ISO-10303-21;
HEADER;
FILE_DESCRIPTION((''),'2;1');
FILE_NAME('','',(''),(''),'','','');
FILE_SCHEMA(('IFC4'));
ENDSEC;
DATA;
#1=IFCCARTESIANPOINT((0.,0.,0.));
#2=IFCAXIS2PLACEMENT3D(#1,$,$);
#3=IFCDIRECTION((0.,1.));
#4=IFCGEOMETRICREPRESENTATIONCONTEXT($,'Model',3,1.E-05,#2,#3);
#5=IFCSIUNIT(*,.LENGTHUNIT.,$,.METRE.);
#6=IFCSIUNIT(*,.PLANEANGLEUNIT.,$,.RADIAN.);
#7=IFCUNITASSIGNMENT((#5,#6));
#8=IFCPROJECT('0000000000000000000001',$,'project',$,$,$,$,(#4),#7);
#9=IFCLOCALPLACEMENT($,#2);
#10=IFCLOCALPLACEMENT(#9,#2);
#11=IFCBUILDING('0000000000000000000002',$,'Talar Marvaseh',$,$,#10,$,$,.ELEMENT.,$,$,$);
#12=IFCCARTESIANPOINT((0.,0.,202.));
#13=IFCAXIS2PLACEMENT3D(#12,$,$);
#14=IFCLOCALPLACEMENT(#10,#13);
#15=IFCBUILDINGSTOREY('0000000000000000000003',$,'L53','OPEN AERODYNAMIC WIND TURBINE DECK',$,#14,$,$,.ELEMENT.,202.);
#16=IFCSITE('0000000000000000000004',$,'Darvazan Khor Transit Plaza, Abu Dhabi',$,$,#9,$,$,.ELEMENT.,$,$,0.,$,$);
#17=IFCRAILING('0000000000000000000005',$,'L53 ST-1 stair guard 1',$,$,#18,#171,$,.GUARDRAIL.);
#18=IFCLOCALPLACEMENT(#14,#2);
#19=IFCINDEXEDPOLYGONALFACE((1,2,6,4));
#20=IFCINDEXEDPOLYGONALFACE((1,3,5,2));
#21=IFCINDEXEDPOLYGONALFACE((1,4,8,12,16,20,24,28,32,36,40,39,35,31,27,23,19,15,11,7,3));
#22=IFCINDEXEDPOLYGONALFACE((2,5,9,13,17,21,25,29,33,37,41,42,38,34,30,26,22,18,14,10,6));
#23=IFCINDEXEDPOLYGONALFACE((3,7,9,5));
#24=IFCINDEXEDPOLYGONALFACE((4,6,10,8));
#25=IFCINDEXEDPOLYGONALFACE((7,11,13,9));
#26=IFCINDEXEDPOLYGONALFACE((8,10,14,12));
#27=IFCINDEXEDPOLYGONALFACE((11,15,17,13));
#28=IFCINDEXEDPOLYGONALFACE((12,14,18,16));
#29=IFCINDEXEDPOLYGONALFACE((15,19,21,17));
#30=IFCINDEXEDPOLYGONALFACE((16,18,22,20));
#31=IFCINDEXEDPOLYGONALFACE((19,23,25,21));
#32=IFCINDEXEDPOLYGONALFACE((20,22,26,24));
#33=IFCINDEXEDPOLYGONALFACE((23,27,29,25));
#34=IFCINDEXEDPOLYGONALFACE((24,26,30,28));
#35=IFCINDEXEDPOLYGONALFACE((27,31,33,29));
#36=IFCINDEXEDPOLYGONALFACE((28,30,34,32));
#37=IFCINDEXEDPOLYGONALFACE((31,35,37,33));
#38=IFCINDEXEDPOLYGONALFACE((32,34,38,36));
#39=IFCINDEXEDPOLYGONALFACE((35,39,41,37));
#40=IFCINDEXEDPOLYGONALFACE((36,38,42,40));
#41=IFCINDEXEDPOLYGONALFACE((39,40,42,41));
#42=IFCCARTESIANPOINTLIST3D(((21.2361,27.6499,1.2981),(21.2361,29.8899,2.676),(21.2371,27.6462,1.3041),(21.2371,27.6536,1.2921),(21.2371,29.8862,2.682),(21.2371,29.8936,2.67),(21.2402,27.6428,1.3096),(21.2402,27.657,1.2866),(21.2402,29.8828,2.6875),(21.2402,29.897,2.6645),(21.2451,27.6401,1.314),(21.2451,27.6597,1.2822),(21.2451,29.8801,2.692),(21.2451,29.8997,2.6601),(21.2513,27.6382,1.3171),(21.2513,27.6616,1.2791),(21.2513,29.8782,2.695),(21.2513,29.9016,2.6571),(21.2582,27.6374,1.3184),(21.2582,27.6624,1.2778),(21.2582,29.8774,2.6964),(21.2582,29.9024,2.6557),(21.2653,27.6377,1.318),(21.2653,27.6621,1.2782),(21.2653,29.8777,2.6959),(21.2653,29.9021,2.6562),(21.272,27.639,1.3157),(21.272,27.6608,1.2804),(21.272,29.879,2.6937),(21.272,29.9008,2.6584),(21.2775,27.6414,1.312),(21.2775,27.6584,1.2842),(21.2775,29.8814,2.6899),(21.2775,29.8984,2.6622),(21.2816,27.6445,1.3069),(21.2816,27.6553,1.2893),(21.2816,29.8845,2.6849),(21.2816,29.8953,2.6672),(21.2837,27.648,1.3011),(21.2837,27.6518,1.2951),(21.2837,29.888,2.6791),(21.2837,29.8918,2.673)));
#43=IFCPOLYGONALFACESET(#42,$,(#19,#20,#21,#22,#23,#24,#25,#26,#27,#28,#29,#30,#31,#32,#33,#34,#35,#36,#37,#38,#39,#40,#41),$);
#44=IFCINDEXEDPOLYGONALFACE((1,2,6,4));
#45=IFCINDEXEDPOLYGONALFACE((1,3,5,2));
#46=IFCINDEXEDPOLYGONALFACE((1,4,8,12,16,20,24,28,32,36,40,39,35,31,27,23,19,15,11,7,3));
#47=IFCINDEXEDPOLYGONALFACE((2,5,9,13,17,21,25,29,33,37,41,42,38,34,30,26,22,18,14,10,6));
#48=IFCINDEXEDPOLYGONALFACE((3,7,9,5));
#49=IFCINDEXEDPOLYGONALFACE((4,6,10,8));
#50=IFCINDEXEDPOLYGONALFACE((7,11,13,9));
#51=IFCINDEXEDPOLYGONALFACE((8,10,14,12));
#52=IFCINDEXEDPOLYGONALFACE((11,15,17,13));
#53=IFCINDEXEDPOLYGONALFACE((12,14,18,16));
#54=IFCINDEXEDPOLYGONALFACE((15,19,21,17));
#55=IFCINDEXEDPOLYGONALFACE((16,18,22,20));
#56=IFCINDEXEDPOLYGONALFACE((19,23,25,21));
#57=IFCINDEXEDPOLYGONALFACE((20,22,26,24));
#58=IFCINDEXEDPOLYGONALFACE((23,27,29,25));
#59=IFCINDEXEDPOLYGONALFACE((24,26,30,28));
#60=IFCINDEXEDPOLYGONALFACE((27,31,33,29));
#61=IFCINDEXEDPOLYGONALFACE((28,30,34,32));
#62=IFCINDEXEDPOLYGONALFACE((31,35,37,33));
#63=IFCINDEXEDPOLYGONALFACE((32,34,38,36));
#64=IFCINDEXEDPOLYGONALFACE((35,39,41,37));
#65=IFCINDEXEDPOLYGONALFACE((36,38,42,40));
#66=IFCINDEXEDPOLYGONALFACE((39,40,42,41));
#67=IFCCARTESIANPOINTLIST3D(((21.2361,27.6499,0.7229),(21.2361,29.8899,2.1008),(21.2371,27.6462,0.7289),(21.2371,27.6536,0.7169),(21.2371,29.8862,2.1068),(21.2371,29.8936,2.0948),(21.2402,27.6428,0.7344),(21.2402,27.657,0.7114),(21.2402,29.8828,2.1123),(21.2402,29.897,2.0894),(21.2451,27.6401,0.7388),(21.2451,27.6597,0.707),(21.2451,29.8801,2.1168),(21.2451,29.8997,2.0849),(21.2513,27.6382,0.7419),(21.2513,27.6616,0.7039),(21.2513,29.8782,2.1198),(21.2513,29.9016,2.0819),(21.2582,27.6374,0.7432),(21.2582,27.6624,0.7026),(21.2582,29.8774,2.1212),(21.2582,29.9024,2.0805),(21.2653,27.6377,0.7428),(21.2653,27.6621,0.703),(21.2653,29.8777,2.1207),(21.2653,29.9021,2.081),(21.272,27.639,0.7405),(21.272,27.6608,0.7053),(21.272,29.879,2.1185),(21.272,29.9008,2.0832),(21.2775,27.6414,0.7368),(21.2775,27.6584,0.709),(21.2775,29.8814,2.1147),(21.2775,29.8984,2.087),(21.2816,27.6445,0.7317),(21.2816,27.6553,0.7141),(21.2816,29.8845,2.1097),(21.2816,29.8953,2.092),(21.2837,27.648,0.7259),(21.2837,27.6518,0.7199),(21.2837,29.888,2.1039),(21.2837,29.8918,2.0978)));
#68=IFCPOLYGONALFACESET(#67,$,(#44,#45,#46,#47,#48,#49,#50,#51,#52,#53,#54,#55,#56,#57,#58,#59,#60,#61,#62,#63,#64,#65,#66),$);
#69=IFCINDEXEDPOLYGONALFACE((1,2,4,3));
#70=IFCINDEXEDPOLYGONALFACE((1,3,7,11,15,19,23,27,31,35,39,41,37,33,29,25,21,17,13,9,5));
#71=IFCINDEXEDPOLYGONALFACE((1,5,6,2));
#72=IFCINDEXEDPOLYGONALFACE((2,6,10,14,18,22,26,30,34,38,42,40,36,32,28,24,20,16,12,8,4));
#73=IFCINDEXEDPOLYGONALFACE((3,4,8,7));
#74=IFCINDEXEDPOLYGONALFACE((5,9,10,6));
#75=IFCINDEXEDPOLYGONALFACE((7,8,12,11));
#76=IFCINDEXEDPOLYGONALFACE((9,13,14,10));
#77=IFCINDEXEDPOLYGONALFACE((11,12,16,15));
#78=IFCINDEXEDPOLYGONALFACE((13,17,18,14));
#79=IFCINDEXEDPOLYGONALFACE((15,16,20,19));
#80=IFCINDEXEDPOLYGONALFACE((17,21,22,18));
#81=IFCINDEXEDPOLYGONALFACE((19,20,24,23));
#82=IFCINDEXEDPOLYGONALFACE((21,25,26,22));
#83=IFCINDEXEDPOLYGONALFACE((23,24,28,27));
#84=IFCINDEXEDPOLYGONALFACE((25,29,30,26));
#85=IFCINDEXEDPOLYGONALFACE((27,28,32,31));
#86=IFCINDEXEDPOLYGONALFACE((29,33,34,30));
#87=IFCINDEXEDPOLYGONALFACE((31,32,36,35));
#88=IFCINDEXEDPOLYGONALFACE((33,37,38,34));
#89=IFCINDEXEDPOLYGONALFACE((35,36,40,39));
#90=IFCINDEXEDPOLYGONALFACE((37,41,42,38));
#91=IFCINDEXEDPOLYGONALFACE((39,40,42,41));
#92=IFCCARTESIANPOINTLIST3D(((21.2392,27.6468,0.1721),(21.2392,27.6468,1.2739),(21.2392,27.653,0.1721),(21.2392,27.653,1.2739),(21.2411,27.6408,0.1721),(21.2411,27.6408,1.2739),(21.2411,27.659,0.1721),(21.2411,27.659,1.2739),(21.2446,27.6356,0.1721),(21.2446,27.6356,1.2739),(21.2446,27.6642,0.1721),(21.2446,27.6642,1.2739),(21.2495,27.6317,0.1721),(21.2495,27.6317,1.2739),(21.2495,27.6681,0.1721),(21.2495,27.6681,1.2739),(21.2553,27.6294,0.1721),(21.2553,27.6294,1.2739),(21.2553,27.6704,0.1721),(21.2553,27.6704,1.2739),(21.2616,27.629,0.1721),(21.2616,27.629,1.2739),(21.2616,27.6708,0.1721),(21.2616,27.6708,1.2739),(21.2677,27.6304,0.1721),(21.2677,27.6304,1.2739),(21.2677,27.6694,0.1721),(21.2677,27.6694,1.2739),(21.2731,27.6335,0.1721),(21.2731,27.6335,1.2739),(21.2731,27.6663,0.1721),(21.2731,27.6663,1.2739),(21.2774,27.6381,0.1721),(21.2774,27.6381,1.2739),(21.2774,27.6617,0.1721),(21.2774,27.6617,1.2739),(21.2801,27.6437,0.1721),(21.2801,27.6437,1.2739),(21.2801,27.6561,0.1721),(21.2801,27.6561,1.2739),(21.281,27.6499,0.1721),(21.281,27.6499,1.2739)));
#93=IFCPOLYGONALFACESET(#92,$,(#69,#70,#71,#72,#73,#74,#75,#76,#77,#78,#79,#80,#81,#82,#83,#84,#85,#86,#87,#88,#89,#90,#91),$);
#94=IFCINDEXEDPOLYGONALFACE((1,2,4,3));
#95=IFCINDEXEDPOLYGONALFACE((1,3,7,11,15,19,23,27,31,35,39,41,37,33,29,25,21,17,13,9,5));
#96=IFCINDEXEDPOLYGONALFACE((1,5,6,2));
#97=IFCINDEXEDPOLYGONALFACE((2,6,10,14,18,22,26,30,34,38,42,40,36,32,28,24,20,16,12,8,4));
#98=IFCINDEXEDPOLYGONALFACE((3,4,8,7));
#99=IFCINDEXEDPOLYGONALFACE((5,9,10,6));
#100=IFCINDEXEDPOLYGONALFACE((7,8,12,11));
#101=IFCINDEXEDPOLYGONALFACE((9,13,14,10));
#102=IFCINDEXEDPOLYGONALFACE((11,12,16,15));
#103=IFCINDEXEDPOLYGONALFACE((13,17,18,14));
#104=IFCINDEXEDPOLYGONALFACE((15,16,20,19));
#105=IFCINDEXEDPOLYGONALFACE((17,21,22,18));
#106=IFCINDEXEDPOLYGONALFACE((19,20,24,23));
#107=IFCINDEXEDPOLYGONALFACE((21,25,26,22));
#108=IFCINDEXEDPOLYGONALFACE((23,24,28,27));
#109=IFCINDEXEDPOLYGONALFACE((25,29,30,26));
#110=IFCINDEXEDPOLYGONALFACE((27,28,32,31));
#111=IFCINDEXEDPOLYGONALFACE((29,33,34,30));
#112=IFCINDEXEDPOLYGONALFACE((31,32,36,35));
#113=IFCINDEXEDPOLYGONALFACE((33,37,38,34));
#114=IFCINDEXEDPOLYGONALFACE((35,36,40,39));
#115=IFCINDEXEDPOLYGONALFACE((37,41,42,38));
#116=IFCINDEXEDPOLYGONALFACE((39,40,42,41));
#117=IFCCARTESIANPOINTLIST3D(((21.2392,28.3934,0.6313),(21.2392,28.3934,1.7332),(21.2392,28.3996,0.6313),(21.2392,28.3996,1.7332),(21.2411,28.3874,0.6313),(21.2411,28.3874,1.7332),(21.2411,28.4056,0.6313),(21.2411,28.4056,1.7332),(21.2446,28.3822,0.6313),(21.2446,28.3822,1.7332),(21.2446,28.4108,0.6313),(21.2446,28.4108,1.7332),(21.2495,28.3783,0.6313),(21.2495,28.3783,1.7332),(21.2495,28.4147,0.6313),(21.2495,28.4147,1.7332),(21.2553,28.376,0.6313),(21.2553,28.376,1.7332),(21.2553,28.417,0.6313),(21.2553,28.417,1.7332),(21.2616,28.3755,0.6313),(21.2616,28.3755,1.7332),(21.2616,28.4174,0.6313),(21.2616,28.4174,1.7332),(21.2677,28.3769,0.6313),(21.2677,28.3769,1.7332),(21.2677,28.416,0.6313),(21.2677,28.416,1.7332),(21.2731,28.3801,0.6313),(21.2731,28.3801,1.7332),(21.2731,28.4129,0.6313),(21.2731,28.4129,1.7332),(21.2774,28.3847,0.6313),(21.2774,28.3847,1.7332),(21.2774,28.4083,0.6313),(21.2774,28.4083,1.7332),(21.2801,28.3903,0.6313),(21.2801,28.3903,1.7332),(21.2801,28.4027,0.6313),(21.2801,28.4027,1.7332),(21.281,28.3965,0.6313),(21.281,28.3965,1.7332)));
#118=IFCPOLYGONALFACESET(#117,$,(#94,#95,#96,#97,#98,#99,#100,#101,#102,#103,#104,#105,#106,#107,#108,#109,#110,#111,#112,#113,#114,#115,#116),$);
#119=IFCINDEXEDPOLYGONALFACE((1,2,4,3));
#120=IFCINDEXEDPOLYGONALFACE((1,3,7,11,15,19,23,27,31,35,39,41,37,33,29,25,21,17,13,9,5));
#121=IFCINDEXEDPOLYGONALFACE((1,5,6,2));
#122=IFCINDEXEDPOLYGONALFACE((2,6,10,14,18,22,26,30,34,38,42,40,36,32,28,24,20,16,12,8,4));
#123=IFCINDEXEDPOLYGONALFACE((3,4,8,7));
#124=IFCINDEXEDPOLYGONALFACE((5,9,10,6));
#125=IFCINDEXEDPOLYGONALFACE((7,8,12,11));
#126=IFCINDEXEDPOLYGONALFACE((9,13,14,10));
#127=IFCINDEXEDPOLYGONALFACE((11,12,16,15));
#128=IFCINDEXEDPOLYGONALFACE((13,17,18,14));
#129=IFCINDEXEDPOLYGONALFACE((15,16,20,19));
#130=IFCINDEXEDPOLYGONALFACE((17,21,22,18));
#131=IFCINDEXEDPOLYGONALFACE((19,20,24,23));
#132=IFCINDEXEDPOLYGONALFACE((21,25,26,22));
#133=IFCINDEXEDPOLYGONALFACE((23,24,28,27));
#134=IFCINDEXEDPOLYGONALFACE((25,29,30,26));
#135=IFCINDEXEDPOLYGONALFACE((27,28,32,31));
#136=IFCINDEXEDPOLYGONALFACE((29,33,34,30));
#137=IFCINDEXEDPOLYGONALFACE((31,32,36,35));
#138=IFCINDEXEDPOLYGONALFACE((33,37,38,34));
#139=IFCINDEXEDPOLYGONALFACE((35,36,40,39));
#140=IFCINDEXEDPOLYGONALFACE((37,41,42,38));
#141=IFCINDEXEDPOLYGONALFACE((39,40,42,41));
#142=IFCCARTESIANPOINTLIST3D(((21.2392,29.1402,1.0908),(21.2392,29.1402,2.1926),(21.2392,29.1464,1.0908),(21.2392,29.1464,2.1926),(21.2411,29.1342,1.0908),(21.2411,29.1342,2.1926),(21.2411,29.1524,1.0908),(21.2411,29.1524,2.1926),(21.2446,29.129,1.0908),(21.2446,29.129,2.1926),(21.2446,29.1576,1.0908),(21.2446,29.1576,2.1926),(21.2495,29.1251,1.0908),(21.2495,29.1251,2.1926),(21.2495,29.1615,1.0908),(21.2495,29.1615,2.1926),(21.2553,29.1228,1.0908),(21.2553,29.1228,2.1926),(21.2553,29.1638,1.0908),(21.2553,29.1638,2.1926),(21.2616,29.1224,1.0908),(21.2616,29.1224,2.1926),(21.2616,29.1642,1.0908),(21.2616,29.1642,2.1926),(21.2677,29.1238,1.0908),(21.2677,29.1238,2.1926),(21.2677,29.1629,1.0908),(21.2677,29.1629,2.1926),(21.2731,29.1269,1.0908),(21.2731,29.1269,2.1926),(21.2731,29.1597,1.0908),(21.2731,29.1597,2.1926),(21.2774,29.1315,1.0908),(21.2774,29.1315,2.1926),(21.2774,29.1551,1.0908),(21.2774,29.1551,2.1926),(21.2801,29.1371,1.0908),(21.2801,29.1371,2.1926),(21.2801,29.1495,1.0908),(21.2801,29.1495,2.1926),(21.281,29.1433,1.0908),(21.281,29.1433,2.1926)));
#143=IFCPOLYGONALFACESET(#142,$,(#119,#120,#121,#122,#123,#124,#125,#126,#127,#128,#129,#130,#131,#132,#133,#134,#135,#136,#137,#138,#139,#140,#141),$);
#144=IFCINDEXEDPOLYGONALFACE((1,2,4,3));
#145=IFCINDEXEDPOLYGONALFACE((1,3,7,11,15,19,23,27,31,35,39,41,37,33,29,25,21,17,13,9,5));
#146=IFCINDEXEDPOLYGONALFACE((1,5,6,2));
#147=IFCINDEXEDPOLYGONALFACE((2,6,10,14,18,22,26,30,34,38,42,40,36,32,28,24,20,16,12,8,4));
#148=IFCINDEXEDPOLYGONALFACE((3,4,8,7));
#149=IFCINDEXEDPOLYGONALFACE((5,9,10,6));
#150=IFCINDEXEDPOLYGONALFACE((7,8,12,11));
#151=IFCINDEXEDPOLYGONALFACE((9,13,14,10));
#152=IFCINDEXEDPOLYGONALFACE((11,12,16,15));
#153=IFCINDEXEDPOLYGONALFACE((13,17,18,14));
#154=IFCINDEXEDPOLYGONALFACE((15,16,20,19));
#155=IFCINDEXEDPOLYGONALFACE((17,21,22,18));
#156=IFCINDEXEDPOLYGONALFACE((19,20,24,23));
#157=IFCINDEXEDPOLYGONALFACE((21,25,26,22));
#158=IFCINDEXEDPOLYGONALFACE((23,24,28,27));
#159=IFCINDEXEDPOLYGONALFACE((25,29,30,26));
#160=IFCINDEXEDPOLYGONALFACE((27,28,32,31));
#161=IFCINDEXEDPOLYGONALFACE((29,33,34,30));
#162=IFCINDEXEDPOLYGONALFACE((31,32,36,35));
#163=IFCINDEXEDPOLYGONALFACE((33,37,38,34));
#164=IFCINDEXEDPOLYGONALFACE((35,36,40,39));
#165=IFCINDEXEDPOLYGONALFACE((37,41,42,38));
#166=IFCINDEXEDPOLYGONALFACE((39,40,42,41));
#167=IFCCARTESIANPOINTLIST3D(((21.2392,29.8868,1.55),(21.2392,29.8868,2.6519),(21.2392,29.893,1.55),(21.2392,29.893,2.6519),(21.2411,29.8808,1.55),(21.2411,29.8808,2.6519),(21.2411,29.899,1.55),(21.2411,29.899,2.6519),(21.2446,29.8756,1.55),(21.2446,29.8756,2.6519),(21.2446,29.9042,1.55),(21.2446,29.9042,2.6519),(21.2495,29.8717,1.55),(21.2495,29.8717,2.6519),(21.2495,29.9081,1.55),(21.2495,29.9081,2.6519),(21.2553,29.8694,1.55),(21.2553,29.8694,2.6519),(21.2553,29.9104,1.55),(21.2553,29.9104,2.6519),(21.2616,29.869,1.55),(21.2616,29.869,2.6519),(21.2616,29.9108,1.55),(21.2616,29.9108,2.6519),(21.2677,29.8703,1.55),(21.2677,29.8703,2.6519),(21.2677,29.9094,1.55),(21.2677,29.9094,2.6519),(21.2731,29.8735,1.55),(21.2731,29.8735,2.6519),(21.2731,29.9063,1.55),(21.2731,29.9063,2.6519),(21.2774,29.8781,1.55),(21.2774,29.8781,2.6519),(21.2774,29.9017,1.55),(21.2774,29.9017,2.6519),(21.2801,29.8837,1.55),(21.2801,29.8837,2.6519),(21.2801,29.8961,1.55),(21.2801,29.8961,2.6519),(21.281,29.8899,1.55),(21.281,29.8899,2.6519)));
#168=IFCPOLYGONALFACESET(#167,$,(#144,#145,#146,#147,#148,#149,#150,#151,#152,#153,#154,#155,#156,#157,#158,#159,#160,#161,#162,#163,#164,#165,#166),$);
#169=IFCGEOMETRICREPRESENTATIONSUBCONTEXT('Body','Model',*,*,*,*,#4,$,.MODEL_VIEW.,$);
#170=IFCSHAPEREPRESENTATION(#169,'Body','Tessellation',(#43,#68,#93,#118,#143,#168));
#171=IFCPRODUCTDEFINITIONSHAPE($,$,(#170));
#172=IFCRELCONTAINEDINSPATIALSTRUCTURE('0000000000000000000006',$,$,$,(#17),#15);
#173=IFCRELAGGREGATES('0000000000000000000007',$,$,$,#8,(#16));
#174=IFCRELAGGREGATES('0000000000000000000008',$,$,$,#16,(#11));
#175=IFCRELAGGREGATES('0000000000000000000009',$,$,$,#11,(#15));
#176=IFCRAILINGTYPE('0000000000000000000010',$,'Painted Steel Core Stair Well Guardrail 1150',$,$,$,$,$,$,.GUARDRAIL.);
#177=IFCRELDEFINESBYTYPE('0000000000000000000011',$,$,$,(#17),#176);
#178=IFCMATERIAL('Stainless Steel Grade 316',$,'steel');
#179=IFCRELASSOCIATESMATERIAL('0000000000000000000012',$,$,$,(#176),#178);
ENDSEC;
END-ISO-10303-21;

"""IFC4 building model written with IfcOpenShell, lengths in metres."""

from ifc_helpers import new_model, si_unit, direction, frame, origin, origin_2d, place, context, subcontext, project, spatial, circle, extrude, material, type_object, element, save


model = new_model("IFC4")

# Units and contexts
model_context = context("Model", 3, precision=1e-05, world=origin(), true_north=direction((0.0, 1.0)))
body_context = subcontext(model_context, "Body", "Model", "MODEL_VIEW")
ifc_project = project(units=[si_unit("LENGTHUNIT", "METRE"), si_unit("PLANEANGLEUNIT", "RADIAN")], contexts=[model_context])

# Site, building, storey
site_placement = place(None, origin())
site = spatial("IfcSite", under=ifc_project, at=site_placement, Name="Darvazan Khor Transit Plaza, Abu Dhabi", CompositionType="ELEMENT", RefElevation=0.0)
building_placement = place(site_placement, origin())
building = spatial("IfcBuilding", under=site, at=building_placement, Name="Talar Marvaseh", CompositionType="ELEMENT")
storey_placement = place(building_placement, frame((0.0, 0.0, 202.0)))
storey = spatial("IfcBuildingStorey", under=building, at=storey_placement, Name="L53", Description="OPEN AERODYNAMIC WIND TURBINE DECK", CompositionType="ELEMENT", Elevation=202.0)

# Railing
ifc_material_1 = material(Name="Stainless Steel Grade 316", Category="steel")
railing_type_1 = type_object("IfcRailingType", Name="Painted Steel Core Stair Well Guardrail 1150", PredefinedType="GUARDRAIL", material=ifc_material_1)
railing_1_placement = place(storey_placement, frame((21.26, 27.6499, 0.1721)))
element("IfcRailing", 1, at=railing_1_placement, inside=storey, type_object=railing_type_1, Name="L53 ST-1 stair guard 1", PredefinedType="GUARDRAIL", context=body_context, shape_type="SweptSolid", body=[
    extrude(circle(Radius=0.0239, at=origin_2d()), frame((0.0, 0.0, 1.126), z_axis=(0.0, 0.851748, 0.523952), x_axis=(-1.0, 0.0, 0.0)), (0.0, 0.0, 1.0), 2.6299),
    extrude(circle(Radius=0.0239, at=origin_2d()), frame((0.0, 0.0, 0.5508), z_axis=(0.0, 0.851748, 0.523952), x_axis=(-1.0, 0.0, 0.0)), (0.0, 0.0, 1.0), 2.6299),
    extrude(circle(Radius=0.021, at=origin_2d()), origin(), (0.0, 0.0, 1.0), 1.1018),
    extrude(circle(Radius=0.021, at=origin_2d()), frame((0.0, 0.7466, 0.4592)), (0.0, 0.0, 1.0), 1.1018),
    extrude(circle(Radius=0.021, at=origin_2d()), frame((0.0, 1.4934, 0.9187)), (0.0, 0.0, 1.0), 1.1018),
    extrude(circle(Radius=0.021, at=origin_2d()), frame((0.0, 2.24, 1.3779)), (0.0, 0.0, 1.0), 1.1018),
])

save(model, "model.ifc")
